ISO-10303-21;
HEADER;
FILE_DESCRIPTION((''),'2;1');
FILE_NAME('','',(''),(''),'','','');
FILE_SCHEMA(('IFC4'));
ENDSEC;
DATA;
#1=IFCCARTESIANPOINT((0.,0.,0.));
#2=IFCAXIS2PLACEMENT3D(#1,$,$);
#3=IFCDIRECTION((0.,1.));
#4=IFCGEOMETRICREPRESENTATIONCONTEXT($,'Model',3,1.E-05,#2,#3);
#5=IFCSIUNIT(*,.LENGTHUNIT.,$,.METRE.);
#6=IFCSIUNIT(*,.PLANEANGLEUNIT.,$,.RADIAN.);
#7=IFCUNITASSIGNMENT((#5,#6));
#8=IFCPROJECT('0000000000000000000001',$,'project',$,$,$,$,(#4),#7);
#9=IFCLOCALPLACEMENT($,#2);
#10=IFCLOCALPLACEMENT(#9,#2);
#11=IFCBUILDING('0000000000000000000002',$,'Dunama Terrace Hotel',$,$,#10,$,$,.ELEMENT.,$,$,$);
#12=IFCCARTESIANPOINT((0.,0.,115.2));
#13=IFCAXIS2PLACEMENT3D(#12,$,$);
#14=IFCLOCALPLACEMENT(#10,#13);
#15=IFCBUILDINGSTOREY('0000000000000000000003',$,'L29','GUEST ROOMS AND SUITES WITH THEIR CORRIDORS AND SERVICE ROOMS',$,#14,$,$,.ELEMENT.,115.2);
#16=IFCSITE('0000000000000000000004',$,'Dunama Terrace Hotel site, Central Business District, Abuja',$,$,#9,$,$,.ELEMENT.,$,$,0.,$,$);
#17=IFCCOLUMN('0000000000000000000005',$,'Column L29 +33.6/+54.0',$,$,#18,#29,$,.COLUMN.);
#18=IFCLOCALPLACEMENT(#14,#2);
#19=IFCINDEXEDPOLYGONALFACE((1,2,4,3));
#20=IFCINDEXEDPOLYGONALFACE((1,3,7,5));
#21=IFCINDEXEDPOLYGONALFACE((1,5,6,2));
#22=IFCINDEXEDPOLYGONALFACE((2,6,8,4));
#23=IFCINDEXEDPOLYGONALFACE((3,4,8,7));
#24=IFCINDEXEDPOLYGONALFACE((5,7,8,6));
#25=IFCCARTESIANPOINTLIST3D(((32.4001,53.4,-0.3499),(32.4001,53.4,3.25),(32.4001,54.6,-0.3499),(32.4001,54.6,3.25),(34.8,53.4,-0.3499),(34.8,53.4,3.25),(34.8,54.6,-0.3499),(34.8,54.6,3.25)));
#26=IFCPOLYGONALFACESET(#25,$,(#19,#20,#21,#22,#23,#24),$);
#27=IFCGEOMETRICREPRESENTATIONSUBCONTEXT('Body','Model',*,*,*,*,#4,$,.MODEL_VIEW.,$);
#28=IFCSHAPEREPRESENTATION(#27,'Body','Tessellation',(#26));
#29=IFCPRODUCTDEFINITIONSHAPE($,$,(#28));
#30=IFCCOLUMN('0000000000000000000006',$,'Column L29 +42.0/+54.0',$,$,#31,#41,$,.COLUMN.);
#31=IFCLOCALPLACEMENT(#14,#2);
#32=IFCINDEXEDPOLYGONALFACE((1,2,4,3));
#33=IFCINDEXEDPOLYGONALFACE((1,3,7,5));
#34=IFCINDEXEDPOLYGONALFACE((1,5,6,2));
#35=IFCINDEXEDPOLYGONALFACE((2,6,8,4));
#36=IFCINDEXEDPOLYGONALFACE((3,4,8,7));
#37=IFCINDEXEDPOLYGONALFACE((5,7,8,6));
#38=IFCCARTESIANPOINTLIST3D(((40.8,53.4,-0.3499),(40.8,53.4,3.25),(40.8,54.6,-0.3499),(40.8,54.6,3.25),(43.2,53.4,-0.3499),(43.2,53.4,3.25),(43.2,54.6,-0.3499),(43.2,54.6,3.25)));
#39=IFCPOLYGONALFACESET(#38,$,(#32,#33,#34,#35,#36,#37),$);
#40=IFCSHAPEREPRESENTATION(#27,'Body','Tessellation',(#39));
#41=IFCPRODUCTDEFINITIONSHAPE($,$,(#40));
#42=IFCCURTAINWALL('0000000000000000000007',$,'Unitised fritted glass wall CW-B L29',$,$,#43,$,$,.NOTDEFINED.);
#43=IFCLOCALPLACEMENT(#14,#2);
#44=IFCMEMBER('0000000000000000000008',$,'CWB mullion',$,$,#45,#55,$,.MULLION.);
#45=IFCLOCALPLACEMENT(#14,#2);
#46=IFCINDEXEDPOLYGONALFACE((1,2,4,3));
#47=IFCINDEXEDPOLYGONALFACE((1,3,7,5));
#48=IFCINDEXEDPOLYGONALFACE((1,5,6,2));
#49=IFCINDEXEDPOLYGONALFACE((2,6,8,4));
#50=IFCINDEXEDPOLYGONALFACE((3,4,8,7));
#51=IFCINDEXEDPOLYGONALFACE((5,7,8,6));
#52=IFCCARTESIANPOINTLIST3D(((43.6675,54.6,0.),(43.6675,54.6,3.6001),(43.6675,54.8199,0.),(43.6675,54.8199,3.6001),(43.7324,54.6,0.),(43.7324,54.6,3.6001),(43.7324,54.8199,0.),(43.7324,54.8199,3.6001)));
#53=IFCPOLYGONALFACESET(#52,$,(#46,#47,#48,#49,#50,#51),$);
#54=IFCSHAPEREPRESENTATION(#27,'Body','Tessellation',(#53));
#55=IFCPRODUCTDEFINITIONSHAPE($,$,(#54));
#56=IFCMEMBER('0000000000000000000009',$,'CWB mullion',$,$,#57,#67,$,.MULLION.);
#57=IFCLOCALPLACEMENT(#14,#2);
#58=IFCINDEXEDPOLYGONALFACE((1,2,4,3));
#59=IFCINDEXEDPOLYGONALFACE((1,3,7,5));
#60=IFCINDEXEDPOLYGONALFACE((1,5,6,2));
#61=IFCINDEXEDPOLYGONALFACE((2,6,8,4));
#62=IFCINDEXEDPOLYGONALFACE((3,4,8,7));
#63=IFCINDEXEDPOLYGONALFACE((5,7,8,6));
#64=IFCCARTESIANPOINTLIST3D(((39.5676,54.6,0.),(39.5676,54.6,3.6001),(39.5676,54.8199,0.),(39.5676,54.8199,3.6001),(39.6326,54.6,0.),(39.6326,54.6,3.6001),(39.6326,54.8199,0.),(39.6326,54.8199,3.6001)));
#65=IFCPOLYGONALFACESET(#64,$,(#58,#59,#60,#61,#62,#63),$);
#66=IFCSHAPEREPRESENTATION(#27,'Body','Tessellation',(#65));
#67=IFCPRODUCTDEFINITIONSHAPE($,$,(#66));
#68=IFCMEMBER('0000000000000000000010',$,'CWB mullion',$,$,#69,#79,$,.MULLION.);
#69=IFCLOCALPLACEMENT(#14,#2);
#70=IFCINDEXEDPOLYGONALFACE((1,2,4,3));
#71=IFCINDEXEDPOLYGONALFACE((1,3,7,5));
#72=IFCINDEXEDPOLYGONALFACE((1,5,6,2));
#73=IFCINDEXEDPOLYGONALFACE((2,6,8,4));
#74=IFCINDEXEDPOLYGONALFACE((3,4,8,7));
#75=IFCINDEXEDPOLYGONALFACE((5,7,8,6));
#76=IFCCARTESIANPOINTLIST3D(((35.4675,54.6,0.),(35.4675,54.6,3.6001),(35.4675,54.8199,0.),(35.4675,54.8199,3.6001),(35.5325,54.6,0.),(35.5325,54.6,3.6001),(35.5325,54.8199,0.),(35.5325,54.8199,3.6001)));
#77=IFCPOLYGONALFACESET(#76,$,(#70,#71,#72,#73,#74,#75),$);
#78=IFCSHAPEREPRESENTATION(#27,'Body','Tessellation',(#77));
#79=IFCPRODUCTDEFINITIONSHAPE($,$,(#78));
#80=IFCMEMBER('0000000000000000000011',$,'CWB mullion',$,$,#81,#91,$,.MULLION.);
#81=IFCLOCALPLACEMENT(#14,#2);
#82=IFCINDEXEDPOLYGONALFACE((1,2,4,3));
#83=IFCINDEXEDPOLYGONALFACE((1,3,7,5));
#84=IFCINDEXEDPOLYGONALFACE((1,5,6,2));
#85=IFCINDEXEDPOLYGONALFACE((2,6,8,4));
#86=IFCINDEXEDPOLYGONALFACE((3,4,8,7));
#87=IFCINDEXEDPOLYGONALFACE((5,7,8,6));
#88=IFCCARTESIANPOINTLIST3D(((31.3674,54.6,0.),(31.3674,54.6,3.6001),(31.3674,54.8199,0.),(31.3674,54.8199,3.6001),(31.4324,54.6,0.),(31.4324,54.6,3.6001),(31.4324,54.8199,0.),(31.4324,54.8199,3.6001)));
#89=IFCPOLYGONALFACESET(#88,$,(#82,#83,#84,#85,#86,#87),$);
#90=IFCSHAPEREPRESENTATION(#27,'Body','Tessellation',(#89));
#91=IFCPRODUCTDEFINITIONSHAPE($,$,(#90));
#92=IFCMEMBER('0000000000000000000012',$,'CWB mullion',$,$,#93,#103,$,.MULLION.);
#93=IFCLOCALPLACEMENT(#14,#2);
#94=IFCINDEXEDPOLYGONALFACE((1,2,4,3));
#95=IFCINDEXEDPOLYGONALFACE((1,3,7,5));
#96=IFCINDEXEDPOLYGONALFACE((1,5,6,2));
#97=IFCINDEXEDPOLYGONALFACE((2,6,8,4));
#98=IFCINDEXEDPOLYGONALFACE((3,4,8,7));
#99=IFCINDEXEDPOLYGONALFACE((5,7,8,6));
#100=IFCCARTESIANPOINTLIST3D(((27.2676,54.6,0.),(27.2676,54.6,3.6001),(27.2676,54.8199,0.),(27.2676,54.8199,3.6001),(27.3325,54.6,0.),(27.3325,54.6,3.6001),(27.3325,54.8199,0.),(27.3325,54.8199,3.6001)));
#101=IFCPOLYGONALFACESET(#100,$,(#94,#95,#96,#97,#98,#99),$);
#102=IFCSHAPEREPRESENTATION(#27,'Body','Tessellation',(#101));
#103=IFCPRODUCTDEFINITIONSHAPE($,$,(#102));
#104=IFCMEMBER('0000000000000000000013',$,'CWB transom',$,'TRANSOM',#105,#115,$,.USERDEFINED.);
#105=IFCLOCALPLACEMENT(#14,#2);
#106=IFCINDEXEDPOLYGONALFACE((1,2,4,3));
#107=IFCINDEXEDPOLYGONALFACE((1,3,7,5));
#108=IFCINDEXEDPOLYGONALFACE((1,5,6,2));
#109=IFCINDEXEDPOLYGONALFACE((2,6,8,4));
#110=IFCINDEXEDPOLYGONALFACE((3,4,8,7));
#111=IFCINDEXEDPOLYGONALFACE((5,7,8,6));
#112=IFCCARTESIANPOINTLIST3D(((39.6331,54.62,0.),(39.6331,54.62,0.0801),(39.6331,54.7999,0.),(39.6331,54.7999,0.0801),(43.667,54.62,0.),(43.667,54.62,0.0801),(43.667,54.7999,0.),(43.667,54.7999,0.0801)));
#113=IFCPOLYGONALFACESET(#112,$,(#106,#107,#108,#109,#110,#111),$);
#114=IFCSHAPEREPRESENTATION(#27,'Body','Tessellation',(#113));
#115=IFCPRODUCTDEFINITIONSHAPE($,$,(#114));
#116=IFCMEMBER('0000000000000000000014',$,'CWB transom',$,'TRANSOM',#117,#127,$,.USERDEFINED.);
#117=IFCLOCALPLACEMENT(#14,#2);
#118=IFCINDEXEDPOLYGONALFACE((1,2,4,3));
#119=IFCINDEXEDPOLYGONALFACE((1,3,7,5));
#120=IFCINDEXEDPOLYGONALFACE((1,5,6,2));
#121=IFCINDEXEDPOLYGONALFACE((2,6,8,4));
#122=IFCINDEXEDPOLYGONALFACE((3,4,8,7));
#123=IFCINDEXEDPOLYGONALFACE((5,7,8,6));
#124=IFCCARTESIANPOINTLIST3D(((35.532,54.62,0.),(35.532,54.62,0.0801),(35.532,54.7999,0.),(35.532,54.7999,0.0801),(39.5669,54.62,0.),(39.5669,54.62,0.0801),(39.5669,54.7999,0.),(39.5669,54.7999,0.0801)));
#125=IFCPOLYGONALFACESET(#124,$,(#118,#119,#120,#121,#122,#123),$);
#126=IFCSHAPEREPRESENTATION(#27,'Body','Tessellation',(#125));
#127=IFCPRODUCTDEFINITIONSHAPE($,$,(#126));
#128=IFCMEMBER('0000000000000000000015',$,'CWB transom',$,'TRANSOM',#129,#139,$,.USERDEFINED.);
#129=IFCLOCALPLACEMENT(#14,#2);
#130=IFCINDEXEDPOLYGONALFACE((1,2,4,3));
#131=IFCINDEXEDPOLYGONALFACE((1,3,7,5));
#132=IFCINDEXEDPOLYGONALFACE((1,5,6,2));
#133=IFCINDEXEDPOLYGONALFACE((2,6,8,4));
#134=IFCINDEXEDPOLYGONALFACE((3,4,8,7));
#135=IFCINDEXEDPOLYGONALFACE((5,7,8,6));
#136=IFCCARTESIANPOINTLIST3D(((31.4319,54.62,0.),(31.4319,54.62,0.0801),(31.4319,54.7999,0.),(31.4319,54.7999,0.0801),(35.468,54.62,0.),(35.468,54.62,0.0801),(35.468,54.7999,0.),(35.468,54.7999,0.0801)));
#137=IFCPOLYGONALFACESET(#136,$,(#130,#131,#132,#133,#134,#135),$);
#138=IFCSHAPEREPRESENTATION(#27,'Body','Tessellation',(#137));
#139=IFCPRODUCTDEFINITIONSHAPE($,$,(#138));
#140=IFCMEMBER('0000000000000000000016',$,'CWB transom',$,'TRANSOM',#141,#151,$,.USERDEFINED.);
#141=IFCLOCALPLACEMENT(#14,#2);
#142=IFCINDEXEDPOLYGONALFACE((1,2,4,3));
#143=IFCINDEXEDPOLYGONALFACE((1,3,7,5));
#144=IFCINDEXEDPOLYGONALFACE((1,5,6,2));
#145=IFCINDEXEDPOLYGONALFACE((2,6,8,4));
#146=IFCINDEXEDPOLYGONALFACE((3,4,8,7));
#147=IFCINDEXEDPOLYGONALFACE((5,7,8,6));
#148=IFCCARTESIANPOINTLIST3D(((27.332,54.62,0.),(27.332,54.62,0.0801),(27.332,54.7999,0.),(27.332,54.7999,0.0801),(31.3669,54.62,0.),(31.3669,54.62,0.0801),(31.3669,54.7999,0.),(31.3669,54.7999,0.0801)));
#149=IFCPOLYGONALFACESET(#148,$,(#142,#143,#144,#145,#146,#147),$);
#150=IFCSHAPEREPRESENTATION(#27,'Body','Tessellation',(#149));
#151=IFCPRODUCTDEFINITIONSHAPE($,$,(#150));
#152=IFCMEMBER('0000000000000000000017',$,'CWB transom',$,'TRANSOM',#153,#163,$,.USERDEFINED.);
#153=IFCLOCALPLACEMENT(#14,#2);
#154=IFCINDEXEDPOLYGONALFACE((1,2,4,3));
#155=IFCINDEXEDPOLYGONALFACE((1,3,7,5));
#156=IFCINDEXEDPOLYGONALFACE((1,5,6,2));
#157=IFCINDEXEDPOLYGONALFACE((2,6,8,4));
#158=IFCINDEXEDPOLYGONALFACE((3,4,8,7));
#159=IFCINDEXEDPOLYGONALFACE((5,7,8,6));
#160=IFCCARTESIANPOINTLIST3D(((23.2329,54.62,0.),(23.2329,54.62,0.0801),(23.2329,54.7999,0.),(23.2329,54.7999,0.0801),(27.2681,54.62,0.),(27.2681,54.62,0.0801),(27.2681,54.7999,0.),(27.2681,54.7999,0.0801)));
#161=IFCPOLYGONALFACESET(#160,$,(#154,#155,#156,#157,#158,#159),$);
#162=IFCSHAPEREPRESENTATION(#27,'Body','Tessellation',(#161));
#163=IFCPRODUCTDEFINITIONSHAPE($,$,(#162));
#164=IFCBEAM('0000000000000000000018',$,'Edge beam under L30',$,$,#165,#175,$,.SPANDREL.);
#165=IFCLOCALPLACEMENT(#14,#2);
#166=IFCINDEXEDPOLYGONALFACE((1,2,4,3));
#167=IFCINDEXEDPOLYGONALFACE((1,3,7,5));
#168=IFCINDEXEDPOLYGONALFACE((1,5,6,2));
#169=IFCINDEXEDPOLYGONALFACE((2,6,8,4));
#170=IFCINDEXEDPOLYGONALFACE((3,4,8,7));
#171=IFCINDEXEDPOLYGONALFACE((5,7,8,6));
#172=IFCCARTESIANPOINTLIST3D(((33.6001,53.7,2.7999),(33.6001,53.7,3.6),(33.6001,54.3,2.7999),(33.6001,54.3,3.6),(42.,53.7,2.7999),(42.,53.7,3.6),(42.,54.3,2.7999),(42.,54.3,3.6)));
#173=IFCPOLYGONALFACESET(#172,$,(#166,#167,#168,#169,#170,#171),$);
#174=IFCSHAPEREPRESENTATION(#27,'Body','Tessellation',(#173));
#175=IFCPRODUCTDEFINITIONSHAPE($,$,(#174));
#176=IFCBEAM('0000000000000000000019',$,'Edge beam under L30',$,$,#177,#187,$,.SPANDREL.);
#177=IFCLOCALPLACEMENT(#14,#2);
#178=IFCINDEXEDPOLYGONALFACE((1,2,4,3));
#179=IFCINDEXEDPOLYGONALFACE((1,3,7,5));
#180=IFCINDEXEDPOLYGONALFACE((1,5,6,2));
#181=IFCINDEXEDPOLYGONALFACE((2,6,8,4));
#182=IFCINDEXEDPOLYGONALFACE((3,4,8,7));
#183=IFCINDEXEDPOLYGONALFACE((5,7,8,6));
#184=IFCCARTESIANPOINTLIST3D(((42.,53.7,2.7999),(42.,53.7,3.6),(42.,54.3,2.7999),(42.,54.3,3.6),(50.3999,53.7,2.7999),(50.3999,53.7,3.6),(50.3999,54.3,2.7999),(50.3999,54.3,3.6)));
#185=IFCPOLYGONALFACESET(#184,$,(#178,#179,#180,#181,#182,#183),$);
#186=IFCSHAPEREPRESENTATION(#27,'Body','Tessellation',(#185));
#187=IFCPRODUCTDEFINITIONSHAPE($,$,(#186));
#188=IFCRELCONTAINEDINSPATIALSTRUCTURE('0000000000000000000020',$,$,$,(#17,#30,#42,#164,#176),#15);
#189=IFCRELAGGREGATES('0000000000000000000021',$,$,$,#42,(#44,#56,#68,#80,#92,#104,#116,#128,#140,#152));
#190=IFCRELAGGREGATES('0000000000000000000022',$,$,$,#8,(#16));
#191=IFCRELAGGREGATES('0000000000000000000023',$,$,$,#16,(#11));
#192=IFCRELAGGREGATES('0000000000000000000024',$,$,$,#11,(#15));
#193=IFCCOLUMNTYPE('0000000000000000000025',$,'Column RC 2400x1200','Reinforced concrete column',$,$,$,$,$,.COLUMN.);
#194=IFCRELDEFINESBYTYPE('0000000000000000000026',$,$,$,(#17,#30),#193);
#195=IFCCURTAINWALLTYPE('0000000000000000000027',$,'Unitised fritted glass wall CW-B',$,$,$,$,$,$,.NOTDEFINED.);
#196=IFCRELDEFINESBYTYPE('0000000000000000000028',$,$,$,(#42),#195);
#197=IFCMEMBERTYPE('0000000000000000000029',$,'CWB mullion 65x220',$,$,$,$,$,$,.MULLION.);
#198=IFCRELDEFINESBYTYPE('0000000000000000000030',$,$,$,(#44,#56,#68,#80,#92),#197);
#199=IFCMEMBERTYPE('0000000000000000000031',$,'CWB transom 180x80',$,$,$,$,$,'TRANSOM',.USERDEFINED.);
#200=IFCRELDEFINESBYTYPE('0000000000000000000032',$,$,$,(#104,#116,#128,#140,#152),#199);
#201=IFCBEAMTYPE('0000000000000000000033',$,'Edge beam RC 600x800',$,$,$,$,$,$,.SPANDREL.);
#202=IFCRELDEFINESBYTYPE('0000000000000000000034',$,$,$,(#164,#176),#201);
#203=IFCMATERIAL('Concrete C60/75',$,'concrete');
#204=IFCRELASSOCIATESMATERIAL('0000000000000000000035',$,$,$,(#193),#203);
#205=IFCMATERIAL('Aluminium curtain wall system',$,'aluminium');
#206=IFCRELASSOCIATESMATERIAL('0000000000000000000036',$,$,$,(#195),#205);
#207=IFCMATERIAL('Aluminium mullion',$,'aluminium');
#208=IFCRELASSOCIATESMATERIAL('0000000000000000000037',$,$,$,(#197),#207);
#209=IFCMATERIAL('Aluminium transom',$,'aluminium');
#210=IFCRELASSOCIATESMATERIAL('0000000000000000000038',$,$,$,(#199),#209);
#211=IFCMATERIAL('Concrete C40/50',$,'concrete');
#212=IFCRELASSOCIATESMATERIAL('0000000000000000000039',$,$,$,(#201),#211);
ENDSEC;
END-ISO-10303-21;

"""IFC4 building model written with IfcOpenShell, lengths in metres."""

from ifc_helpers import new_model, si_unit, direction, frame, origin, origin_2d, place, context, subcontext, project, spatial, rectangle, extrude, material, material_profile, profile_set, type_object, element, aggregate, save


model = new_model("IFC4")

# Units and contexts
model_context = context("Model", 3, precision=1e-05, world=origin(), true_north=direction((0.0, 1.0)))
body_context = subcontext(model_context, "Body", "Model", "MODEL_VIEW")
ifc_project = project(units=[si_unit("LENGTHUNIT", "METRE"), si_unit("PLANEANGLEUNIT", "RADIAN")], contexts=[model_context])

# Site, building, storey
site_placement = place(None, origin())
site = spatial("IfcSite", under=ifc_project, at=site_placement, Name="Dunama Terrace Hotel site, Central Business District, Abuja", CompositionType="ELEMENT", RefElevation=0.0)
building_placement = place(site_placement, origin())
building = spatial("IfcBuilding", under=site, at=building_placement, Name="Dunama Terrace Hotel", CompositionType="ELEMENT")
storey_placement = place(building_placement, frame((0.0, 0.0, 115.2)))
storey = spatial("IfcBuildingStorey", under=building, at=storey_placement, Name="L29", Description="GUEST ROOMS AND SUITES WITH THEIR CORRIDORS AND SERVICE ROOMS", CompositionType="ELEMENT", Elevation=115.2)

# Columns
ifc_material_1 = material(Name="Concrete C60/75", Category="concrete")
ifc_material_profile_1 = material_profile(ifc_material_1, rectangle(XDim=2.3999, YDim=1.2, at=origin_2d()), Name="RC 2400x1200")
ifc_profile_set_1 = profile_set([ifc_material_profile_1], Name="Concrete C60/75")
column_type = type_object("IfcColumnType", Name="Column RC 2400x1200", Description="Reinforced concrete column", PredefinedType="COLUMN", material=ifc_profile_set_1)
for number, where, z_axis, x_axis, name in (
    (1, (33.6001, 54.0, -0.3499), (0.0, 0.0, 1.0), (1.0, 0.0, 0.0), "Column L29 +33.6/+54.0"),
    (2, (42.0, 54.0, -0.3499), (0.0, 0.0, 1.0), (1.0, 0.0, 0.0), "Column L29 +42.0/+54.0"),
):
    element("IfcColumn", number, at=place(storey_placement, frame(where, z_axis=z_axis, x_axis=x_axis)), inside=storey, type_object=column_type, Name=name, PredefinedType="COLUMN", context=body_context, shape_type="SweptSolid", body=[
        extrude(rectangle(XDim=2.3999, YDim=1.2, at=origin_2d()), origin(), (0.0, 0.0, 1.0), 3.5999),
    ])

# Curtain wall, members
ifc_material_2 = material(Name="Aluminium curtain wall system", Category="aluminium")
curtain_wall_type = type_object("IfcCurtainWallType", Name="Unitised fritted glass wall CW-B", PredefinedType="NOTDEFINED", material=ifc_material_2)
curtain_wall_placement = place(storey_placement, origin())
curtain_wall = element("IfcCurtainWall", 3, at=curtain_wall_placement, inside=storey, type_object=curtain_wall_type, Name="Unitised fritted glass wall CW-B L29", PredefinedType="NOTDEFINED")
ifc_material_3 = material(Name="Aluminium mullion", Category="aluminium")
ifc_material_profile_2 = material_profile(ifc_material_3, rectangle(XDim=0.0649, YDim=0.22, at=origin_2d()), Name="CWB MULLION 65X220")
ifc_profile_set_2 = profile_set([ifc_material_profile_2], Name="Aluminium mullion")
member_type_1 = type_object("IfcMemberType", Name="CWB mullion 65x220", PredefinedType="MULLION", material=ifc_profile_set_2)
member_1_placement = place(storey_placement, frame((43.7, 54.71, 0.0), z_axis=(0.0, 0.0, 1.0), x_axis=(-1.0, 0.0, 0.0)))
member_1 = element("IfcMember", 4, at=member_1_placement, type_object=member_type_1, Name="CWB mullion", PredefinedType="MULLION", context=body_context, shape_type="SweptSolid", body=[
    extrude(rectangle(XDim=0.0649, YDim=0.22, at=origin_2d()), origin(), (0.0, 0.0, 1.0), 3.6001),
])
member_2_placement = place(storey_placement, frame((39.6001, 54.71, 0.0), z_axis=(0.0, 0.0, 1.0), x_axis=(-1.0, 0.0, 0.0)))
member_2 = element("IfcMember", 5, at=member_2_placement, type_object=member_type_1, Name="CWB mullion", PredefinedType="MULLION", context=body_context, shape_type="SweptSolid", body=[
    extrude(rectangle(XDim=0.0649, YDim=0.22, at=origin_2d()), origin(), (0.0, 0.0, 1.0), 3.6001),
])
member_3_placement = place(storey_placement, frame((35.5, 54.71, 0.0), z_axis=(0.0, 0.0, 1.0), x_axis=(-1.0, 0.0, 0.0)))
member_3 = element("IfcMember", 6, at=member_3_placement, type_object=member_type_1, Name="CWB mullion", PredefinedType="MULLION", context=body_context, shape_type="SweptSolid", body=[
    extrude(rectangle(XDim=0.0649, YDim=0.22, at=origin_2d()), origin(), (0.0, 0.0, 1.0), 3.6001),
])
member_4_placement = place(storey_placement, frame((31.3999, 54.71, 0.0), z_axis=(0.0, 0.0, 1.0), x_axis=(-1.0, 0.0, 0.0)))
member_4 = element("IfcMember", 7, at=member_4_placement, type_object=member_type_1, Name="CWB mullion", PredefinedType="MULLION", context=body_context, shape_type="SweptSolid", body=[
    extrude(rectangle(XDim=0.0649, YDim=0.22, at=origin_2d()), origin(), (0.0, 0.0, 1.0), 3.6001),
])
member_5_placement = place(storey_placement, frame((27.3, 54.71, 0.0), z_axis=(0.0, 0.0, 1.0), x_axis=(-1.0, 0.0, 0.0)))
member_5 = element("IfcMember", 8, at=member_5_placement, type_object=member_type_1, Name="CWB mullion", PredefinedType="MULLION", context=body_context, shape_type="SweptSolid", body=[
    extrude(rectangle(XDim=0.0649, YDim=0.22, at=origin_2d()), origin(), (0.0, 0.0, 1.0), 3.6001),
])
ifc_material_4 = material(Name="Aluminium transom", Category="aluminium")
ifc_material_profile_3 = material_profile(ifc_material_4, rectangle(XDim=0.1799, YDim=0.0801, at=origin_2d()), Name="CWB TRANSOM 180X80")
ifc_profile_set_3 = profile_set([ifc_material_profile_3], Name="Aluminium transom")
member_type_2 = type_object("IfcMemberType", Name="CWB transom 180x80", ElementType="TRANSOM", PredefinedType="USERDEFINED", material=ifc_profile_set_3)
member_6_placement = place(storey_placement, frame((43.667, 54.71, 0.04), z_axis=(-1.0, 0.0, 0.0), x_axis=(0.0, -1.0, 0.0)))
member_6 = element("IfcMember", 9, at=member_6_placement, type_object=member_type_2, Name="CWB transom", ObjectType="TRANSOM", PredefinedType="USERDEFINED", context=body_context, shape_type="SweptSolid", body=[
    extrude(rectangle(XDim=0.1799, YDim=0.0801, at=origin_2d()), origin(), (0.0, 0.0, 1.0), 4.0339),
])
member_7_placement = place(storey_placement, frame((39.5669, 54.71, 0.04), z_axis=(-1.0, 0.0, 0.0), x_axis=(0.0, -1.0, 0.0)))
member_7 = element("IfcMember", 10, at=member_7_placement, type_object=member_type_2, Name="CWB transom", ObjectType="TRANSOM", PredefinedType="USERDEFINED", context=body_context, shape_type="SweptSolid", body=[
    extrude(rectangle(XDim=0.1799, YDim=0.0801, at=origin_2d()), origin(), (0.0, 0.0, 1.0), 4.0349),
])
member_8_placement = place(storey_placement, frame((35.468, 54.71, 0.04), z_axis=(-1.0, 0.0, 0.0), x_axis=(0.0, -1.0, 0.0)))
member_8 = element("IfcMember", 11, at=member_8_placement, type_object=member_type_2, Name="CWB transom", ObjectType="TRANSOM", PredefinedType="USERDEFINED", context=body_context, shape_type="SweptSolid", body=[
    extrude(rectangle(XDim=0.1799, YDim=0.0801, at=origin_2d()), origin(), (0.0, 0.0, 1.0), 4.0361),
])
member_9_placement = place(storey_placement, frame((31.3669, 54.71, 0.04), z_axis=(-1.0, 0.0, 0.0), x_axis=(0.0, -1.0, 0.0)))
member_9 = element("IfcMember", 12, at=member_9_placement, type_object=member_type_2, Name="CWB transom", ObjectType="TRANSOM", PredefinedType="USERDEFINED", context=body_context, shape_type="SweptSolid", body=[
    extrude(rectangle(XDim=0.1799, YDim=0.0801, at=origin_2d()), origin(), (0.0, 0.0, 1.0), 4.0349),
])
member_10_placement = place(storey_placement, frame((27.2681, 54.71, 0.04), z_axis=(-1.0, 0.0, 0.0), x_axis=(0.0, -1.0, 0.0)))
member_10 = element("IfcMember", 13, at=member_10_placement, type_object=member_type_2, Name="CWB transom", ObjectType="TRANSOM", PredefinedType="USERDEFINED", context=body_context, shape_type="SweptSolid", body=[
    extrude(rectangle(XDim=0.1799, YDim=0.0801, at=origin_2d()), origin(), (0.0, 0.0, 1.0), 4.0352),
])

# Beams
ifc_material_5 = material(Name="Concrete C40/50", Category="concrete")
ifc_material_profile_4 = material_profile(ifc_material_5, rectangle(XDim=0.6001, YDim=0.8, at=origin_2d()), Name="RC 600x800")
ifc_profile_set_4 = profile_set([ifc_material_profile_4], Name="Concrete C40/50")
beam_type = type_object("IfcBeamType", Name="Edge beam RC 600x800", PredefinedType="SPANDREL", material=ifc_profile_set_4)
for number, where, z_axis, x_axis, name in (
    (14, (33.6001, 54.0, 3.2), (1.0, 0.0, 0.0), (0.0, 1.0, 0.0), "Edge beam under L30"),
    (15, (42.0, 54.0, 3.2), (1.0, 0.0, 0.0), (0.0, 1.0, 0.0), "Edge beam under L30"),
):
    element("IfcBeam", number, at=place(storey_placement, frame(where, z_axis=z_axis, x_axis=x_axis)), inside=storey, type_object=beam_type, Name=name, PredefinedType="SPANDREL", context=body_context, shape_type="SweptSolid", body=[
        extrude(rectangle(XDim=0.6001, YDim=0.8, at=origin_2d()), origin(), (0.0, 0.0, 1.0), 8.3999),
    ])

aggregate(curtain_wall, [member_1, member_2, member_3, member_4, member_5, member_6, member_7, member_8, member_9, member_10])

save(model, "model.ifc")
